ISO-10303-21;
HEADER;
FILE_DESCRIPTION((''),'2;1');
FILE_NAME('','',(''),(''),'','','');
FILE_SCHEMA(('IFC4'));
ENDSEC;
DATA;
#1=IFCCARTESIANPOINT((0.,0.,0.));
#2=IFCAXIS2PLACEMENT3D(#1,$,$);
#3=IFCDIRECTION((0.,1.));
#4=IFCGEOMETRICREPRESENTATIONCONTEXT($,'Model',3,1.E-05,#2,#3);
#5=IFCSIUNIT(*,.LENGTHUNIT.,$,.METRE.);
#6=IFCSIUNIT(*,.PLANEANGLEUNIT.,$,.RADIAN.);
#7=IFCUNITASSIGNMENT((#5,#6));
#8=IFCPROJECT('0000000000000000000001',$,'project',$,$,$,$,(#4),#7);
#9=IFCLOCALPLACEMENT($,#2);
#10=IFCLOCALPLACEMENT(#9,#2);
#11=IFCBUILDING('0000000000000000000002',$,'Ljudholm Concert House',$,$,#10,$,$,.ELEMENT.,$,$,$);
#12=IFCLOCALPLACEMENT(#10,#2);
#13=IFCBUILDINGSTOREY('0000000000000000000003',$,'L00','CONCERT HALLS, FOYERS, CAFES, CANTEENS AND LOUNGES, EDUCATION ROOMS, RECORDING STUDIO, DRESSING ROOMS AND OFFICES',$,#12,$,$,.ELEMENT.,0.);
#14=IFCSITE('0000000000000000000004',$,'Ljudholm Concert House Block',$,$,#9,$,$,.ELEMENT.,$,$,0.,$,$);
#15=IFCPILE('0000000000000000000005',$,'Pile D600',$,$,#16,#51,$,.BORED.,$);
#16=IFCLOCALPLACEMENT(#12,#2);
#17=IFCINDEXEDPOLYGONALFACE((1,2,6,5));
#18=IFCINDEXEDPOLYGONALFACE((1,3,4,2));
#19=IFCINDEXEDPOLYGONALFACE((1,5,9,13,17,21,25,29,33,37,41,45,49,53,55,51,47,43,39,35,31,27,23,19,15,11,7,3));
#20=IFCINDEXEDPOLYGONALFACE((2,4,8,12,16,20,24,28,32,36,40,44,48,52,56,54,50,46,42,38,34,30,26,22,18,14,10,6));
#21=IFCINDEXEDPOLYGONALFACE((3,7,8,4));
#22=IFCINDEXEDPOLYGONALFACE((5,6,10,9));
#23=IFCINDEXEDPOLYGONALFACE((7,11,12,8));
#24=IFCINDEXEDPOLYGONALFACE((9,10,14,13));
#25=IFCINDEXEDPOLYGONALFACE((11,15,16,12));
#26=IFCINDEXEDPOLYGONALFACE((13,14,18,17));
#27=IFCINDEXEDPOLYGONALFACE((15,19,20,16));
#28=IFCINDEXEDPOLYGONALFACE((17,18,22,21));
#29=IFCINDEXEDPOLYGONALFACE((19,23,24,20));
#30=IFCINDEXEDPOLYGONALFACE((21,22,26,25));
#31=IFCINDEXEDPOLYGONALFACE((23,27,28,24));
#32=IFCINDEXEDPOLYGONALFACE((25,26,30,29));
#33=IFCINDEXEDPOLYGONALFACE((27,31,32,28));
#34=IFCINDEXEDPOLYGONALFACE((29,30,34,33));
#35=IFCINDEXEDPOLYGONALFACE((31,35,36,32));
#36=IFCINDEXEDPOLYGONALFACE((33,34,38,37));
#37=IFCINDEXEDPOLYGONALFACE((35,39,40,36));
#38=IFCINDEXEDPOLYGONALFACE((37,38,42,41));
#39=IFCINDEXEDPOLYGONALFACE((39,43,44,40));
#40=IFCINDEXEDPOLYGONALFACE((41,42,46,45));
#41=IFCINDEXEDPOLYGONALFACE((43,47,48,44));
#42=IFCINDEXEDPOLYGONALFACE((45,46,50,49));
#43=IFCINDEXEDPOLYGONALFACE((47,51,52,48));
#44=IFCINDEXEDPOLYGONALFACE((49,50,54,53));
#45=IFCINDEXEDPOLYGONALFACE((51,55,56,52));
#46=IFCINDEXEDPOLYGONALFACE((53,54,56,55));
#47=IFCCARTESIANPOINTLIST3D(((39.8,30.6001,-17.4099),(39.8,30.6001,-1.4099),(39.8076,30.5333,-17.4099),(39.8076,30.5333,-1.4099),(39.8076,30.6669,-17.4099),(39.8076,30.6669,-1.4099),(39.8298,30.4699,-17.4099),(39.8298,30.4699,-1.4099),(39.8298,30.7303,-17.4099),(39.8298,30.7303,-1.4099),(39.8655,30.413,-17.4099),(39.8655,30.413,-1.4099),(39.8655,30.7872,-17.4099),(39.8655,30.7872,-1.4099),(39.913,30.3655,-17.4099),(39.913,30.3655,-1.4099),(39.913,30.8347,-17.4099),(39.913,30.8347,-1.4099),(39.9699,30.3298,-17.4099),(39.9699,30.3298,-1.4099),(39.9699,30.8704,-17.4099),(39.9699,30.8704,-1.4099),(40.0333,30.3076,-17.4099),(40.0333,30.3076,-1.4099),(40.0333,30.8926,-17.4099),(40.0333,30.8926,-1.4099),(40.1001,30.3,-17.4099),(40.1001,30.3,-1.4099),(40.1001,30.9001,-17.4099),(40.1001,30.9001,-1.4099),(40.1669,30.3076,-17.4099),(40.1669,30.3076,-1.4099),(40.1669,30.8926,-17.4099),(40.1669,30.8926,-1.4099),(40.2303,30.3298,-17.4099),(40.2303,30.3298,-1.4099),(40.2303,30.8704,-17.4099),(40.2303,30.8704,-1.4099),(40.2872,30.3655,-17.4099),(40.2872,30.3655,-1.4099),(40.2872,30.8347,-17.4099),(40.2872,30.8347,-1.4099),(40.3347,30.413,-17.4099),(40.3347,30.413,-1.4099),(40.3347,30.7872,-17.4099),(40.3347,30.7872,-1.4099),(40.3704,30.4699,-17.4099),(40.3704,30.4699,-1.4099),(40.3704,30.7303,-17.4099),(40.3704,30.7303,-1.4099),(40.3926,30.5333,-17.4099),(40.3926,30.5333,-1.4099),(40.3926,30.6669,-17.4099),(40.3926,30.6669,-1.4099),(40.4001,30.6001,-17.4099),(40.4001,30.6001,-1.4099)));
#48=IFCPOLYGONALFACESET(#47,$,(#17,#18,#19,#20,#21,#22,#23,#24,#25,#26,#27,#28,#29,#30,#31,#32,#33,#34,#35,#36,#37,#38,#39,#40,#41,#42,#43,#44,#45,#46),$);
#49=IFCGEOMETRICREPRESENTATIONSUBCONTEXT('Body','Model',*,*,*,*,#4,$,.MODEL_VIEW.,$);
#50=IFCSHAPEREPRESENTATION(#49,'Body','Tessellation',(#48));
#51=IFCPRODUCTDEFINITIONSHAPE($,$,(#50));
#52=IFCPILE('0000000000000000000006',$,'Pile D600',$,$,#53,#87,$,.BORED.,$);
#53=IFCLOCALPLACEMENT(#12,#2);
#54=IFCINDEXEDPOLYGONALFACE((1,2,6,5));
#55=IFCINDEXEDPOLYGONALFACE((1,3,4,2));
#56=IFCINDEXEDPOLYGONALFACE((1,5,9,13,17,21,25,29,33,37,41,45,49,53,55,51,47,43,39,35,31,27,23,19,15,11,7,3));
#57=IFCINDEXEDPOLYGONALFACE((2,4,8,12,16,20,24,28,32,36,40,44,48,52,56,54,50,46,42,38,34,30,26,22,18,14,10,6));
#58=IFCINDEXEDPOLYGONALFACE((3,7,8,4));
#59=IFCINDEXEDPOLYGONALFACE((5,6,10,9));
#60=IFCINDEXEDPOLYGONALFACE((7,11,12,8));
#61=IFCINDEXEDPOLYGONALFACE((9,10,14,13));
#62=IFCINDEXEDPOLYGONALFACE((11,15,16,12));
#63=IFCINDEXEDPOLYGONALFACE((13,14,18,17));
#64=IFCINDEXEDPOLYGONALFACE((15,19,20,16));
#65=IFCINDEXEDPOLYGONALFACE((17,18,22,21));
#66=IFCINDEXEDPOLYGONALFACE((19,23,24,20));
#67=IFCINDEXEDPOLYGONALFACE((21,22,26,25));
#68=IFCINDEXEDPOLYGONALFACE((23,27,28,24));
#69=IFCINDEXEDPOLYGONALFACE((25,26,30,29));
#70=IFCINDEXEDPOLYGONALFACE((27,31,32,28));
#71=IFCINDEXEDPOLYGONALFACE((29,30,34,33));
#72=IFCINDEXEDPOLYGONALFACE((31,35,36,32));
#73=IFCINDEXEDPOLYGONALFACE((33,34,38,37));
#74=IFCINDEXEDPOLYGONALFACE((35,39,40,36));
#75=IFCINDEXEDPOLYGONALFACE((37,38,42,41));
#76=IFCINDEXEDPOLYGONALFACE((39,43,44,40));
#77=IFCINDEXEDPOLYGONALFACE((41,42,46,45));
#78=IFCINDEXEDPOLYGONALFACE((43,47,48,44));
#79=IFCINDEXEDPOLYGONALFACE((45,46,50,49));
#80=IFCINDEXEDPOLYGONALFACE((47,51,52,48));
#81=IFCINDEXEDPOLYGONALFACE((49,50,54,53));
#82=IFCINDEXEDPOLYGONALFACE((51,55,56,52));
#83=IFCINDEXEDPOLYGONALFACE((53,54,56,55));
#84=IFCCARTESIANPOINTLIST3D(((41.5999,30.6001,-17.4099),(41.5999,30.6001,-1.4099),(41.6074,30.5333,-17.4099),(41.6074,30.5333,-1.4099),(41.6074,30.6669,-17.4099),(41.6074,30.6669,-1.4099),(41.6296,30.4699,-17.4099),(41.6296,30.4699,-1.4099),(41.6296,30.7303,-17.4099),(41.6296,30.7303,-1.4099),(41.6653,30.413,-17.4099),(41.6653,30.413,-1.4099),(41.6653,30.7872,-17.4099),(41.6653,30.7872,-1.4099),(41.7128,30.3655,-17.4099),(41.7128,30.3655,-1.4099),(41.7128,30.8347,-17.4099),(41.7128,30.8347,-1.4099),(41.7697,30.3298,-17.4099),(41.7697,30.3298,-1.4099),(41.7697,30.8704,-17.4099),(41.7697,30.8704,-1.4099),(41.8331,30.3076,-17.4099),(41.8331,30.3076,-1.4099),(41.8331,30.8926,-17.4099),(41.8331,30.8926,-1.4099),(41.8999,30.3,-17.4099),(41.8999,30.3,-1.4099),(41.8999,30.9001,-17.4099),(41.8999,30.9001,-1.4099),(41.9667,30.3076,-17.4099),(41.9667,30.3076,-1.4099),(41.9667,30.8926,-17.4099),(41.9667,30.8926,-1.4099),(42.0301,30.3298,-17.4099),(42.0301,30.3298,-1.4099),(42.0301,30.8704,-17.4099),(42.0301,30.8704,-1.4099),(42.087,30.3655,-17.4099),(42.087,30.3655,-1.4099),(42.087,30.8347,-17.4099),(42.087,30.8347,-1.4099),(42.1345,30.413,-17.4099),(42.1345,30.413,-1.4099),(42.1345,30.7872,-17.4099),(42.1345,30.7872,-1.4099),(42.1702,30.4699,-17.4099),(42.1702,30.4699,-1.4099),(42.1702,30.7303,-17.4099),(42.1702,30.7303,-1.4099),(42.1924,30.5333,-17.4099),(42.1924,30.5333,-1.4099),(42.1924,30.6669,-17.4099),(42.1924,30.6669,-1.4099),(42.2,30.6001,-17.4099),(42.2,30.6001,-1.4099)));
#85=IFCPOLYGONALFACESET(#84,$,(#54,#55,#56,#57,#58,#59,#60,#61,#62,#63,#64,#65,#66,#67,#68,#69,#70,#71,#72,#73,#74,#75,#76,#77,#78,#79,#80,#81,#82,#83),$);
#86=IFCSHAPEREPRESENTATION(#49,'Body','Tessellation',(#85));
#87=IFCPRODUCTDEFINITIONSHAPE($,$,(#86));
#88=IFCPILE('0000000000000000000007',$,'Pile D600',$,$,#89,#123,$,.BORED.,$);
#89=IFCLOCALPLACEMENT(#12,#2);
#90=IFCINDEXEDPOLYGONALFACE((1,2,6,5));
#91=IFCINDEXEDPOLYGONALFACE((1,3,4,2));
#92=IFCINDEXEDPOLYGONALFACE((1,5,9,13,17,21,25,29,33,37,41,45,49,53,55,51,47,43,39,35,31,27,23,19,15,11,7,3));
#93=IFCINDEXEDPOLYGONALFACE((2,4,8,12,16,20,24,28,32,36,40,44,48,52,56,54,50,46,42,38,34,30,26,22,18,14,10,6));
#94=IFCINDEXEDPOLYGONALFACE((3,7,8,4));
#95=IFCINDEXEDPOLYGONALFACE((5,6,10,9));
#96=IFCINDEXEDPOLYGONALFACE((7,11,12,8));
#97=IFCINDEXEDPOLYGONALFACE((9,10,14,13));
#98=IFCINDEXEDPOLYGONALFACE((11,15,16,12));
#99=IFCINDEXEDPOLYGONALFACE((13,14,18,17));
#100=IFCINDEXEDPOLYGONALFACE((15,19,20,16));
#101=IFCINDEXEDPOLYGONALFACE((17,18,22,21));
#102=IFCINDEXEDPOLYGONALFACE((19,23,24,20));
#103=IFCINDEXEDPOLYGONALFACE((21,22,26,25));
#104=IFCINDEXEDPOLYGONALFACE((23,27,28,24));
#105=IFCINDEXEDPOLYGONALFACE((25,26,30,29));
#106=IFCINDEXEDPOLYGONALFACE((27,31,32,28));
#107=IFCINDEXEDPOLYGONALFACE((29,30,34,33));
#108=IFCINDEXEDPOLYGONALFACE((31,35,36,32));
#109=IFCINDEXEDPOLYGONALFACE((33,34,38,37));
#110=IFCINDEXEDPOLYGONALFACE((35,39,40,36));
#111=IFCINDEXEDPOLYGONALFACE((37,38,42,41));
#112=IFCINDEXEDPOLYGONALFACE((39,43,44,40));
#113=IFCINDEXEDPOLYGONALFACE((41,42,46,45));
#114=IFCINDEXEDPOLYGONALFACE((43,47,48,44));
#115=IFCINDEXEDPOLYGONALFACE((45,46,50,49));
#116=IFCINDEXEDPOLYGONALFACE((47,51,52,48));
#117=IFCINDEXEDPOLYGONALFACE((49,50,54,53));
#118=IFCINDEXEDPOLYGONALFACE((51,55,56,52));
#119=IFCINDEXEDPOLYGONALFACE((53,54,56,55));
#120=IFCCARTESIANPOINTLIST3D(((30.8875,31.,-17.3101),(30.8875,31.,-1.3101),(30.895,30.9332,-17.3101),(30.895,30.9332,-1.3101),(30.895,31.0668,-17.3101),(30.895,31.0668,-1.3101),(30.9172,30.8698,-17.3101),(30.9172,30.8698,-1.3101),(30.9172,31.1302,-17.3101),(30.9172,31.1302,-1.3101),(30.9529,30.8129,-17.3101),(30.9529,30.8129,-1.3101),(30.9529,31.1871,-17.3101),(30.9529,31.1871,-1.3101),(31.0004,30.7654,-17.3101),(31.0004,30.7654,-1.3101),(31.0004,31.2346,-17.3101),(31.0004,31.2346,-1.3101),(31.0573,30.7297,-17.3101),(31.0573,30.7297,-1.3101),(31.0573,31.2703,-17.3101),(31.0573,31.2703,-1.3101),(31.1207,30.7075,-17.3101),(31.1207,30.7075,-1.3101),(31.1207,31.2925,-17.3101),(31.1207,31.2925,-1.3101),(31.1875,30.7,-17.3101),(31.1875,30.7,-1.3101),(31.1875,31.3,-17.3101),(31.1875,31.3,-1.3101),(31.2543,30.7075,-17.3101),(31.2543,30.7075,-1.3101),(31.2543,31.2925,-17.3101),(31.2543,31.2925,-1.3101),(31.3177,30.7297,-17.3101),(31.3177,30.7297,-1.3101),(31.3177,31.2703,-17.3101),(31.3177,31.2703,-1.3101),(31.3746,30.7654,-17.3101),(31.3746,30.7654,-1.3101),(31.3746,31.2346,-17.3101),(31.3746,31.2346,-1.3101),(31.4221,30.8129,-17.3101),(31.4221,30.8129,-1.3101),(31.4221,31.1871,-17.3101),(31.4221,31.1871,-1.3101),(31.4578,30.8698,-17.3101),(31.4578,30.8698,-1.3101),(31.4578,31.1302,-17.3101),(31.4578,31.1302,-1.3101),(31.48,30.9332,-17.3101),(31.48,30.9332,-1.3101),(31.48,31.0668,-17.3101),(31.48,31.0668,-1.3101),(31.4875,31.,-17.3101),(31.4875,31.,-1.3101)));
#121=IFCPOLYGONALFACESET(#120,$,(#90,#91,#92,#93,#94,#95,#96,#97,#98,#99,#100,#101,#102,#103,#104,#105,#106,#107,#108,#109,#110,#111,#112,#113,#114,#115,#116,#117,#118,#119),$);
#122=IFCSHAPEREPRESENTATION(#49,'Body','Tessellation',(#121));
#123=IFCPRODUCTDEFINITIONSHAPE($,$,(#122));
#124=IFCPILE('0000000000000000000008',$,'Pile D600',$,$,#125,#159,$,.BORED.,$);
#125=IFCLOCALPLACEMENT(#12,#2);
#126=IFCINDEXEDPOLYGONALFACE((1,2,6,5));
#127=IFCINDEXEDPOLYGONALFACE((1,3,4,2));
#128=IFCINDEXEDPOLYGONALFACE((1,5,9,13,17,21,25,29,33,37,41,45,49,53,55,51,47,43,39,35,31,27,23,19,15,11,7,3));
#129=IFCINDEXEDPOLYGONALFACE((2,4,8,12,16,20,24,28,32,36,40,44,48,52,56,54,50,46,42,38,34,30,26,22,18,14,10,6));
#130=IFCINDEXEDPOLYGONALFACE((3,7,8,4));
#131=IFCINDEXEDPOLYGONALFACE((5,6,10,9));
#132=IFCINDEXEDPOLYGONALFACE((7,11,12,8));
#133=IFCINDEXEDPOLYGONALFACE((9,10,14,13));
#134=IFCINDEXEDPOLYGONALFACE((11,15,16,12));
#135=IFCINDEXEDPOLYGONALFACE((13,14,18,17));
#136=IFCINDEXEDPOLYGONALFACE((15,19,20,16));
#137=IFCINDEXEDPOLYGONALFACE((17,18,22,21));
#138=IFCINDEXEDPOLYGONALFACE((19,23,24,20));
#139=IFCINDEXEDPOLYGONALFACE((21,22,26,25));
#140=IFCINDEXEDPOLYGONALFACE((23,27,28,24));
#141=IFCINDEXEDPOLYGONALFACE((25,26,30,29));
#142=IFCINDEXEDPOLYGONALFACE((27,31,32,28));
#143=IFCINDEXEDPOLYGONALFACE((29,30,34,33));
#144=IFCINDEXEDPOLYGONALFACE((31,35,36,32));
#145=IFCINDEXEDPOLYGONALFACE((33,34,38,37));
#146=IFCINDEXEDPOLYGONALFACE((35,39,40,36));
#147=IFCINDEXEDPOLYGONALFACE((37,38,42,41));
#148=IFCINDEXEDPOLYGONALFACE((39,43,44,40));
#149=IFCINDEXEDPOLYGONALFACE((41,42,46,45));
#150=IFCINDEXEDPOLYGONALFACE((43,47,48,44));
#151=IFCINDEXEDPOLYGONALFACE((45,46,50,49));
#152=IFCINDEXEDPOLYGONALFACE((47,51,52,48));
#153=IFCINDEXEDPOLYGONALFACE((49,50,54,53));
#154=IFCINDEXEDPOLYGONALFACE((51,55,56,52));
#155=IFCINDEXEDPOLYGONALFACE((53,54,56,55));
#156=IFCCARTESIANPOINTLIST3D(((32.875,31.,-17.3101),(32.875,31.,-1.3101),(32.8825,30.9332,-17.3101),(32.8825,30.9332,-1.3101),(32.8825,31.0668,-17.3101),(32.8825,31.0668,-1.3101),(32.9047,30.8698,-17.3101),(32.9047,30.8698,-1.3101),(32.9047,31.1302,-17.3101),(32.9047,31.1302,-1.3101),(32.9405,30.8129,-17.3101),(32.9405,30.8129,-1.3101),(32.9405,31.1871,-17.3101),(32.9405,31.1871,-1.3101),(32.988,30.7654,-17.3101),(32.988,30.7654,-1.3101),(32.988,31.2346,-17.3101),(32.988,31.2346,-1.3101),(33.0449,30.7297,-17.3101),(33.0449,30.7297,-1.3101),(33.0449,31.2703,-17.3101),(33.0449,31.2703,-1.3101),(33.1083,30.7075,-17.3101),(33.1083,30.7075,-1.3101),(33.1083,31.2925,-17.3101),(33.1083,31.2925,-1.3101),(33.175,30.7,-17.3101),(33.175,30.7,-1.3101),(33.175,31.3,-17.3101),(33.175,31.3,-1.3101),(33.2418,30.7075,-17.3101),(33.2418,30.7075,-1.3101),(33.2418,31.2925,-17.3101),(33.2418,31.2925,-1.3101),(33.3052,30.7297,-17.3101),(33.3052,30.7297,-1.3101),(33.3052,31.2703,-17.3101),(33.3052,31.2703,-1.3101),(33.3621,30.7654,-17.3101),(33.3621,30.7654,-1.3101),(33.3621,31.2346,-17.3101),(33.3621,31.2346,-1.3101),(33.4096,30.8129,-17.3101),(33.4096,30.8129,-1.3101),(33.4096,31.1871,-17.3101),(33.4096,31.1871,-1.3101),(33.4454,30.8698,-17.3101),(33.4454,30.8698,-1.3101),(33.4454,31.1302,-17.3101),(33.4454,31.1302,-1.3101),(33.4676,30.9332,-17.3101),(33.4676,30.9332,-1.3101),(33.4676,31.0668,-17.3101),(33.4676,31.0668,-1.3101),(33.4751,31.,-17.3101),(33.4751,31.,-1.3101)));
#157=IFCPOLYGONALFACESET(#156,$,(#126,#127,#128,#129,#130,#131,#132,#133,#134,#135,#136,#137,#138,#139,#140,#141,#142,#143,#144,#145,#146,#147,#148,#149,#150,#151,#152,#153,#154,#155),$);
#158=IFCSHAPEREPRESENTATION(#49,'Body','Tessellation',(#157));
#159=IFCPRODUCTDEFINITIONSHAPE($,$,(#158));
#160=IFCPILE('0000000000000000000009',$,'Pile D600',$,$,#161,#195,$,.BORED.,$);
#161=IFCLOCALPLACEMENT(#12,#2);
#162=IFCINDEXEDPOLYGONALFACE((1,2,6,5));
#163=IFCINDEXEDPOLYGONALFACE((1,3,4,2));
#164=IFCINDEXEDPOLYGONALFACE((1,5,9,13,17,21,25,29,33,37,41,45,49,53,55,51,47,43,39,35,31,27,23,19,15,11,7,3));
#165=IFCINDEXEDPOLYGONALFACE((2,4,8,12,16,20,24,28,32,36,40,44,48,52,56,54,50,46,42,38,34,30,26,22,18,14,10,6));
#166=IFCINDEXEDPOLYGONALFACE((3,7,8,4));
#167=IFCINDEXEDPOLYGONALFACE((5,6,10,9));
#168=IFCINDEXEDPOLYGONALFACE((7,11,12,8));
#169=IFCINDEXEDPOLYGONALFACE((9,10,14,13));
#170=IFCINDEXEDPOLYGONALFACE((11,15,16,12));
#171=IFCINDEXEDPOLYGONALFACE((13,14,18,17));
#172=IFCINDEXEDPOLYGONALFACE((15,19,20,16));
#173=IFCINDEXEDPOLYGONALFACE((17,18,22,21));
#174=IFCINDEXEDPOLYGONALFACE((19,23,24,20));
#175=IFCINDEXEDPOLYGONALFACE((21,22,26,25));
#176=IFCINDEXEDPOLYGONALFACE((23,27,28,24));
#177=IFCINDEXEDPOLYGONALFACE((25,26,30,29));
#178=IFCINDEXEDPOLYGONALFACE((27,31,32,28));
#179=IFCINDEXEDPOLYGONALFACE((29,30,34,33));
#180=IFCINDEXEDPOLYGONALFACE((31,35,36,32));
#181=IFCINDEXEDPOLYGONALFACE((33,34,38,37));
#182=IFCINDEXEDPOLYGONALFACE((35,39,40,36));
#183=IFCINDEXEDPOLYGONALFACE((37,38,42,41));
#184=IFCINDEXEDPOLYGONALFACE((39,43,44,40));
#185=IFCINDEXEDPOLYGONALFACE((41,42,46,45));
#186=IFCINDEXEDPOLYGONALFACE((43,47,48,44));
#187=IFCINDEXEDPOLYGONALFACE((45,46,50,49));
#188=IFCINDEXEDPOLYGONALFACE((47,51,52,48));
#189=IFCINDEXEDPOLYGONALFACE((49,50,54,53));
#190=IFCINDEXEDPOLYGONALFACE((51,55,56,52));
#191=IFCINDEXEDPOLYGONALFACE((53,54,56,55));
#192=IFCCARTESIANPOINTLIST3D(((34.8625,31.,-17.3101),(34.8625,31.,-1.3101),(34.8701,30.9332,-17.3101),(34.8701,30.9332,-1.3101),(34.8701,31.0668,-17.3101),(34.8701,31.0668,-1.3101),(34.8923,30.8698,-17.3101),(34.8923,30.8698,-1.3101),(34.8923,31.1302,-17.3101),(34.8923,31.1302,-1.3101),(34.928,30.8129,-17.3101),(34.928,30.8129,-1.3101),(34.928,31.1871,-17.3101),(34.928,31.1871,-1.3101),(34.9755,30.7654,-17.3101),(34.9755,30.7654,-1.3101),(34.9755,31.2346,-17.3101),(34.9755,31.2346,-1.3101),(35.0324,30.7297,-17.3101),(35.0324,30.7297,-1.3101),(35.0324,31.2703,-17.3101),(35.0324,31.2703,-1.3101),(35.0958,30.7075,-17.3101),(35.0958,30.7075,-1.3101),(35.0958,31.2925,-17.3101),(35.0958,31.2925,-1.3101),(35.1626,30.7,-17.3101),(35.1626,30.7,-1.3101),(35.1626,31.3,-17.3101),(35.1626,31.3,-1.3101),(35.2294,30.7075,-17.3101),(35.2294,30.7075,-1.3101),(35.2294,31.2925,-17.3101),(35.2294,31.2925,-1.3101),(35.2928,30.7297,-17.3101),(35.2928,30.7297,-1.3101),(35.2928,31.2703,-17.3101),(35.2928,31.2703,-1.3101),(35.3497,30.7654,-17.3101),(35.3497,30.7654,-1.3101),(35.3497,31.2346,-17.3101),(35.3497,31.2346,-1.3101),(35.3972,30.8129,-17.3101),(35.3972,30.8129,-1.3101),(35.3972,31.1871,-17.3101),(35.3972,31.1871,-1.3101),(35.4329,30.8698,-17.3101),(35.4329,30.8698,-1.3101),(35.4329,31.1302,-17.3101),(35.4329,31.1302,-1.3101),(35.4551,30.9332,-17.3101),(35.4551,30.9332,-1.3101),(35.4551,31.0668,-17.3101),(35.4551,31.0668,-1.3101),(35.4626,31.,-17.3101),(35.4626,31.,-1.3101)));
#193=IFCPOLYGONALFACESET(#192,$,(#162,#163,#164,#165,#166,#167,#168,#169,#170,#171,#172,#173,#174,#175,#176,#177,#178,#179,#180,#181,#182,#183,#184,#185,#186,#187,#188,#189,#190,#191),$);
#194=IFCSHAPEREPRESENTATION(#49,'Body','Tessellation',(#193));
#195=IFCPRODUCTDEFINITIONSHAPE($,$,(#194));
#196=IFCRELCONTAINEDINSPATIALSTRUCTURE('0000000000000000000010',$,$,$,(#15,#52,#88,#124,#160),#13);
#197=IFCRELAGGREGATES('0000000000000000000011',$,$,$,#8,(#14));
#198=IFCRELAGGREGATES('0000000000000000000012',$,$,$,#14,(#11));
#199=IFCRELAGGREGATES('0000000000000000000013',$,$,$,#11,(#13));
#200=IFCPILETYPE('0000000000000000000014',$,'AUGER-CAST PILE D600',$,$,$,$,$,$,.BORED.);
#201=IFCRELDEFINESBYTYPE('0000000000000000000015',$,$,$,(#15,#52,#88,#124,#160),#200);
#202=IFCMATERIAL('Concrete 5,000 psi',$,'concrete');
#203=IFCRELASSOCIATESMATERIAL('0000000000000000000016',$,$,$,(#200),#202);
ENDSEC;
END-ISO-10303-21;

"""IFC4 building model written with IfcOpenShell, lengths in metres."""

from ifc_helpers import new_model, si_unit, direction, frame, origin, origin_2d, place, context, subcontext, project, spatial, circle, extrude, material, material_profile, profile_set, type_object, element, save


model = new_model("IFC4")

# Units and contexts
model_context = context("Model", 3, precision=1e-05, world=origin(), true_north=direction((0.0, 1.0)))
body_context = subcontext(model_context, "Body", "Model", "MODEL_VIEW")
ifc_project = project(units=[si_unit("LENGTHUNIT", "METRE"), si_unit("PLANEANGLEUNIT", "RADIAN")], contexts=[model_context])

# Site, building, storey
site_placement = place(None, origin())
site = spatial("IfcSite", under=ifc_project, at=site_placement, Name="Ljudholm Concert House Block", CompositionType="ELEMENT", RefElevation=0.0)
building_placement = place(site_placement, origin())
building = spatial("IfcBuilding", under=site, at=building_placement, Name="Ljudholm Concert House", CompositionType="ELEMENT")
storey_placement = place(building_placement, origin())
storey = spatial("IfcBuildingStorey", under=building, at=storey_placement, Name="L00", Description="CONCERT HALLS, FOYERS, CAFES, CANTEENS AND LOUNGES, EDUCATION ROOMS, RECORDING STUDIO, DRESSING ROOMS AND OFFICES", CompositionType="ELEMENT", Elevation=0.0)

# Piles
ifc_material_1 = material(Name="Concrete 5,000 psi", Category="concrete")
ifc_material_profile_1 = material_profile(ifc_material_1, circle(Radius=0.3, at=origin_2d()), Name="AUGER-CAST PILE D600")
ifc_profile_set_1 = profile_set([ifc_material_profile_1], Name="Concrete 5,000 psi")
pile_type = type_object("IfcPileType", Name="AUGER-CAST PILE D600", PredefinedType="BORED", material=ifc_profile_set_1)
for number, where, z_axis, x_axis, name in (
    (1, (40.1001, 30.6001, -1.4099), (0.0, 0.0, -1.0), (1.0, 0.0, 0.0), "Pile D600"),
    (2, (41.8999, 30.6001, -1.4099), (0.0, 0.0, -1.0), (1.0, 0.0, 0.0), "Pile D600"),
    (3, (31.1875, 31.0, -1.3101), (0.0, 0.0, -1.0), (1.0, 0.0, 0.0), "Pile D600"),
    (4, (33.175, 31.0, -1.3101), (0.0, 0.0, -1.0), (1.0, 0.0, 0.0), "Pile D600"),
    (5, (35.1626, 31.0, -1.3101), (0.0, 0.0, -1.0), (1.0, 0.0, 0.0), "Pile D600"),
):
    element("IfcPile", number, at=place(storey_placement, frame(where, z_axis=z_axis, x_axis=x_axis)), inside=storey, type_object=pile_type, Name=name, PredefinedType="BORED", context=body_context, shape_type="SweptSolid", body=[
        extrude(circle(Radius=0.3, at=origin_2d()), origin(), (0.0, 0.0, 1.0), 16.0),
    ])

save(model, "model.ifc")
